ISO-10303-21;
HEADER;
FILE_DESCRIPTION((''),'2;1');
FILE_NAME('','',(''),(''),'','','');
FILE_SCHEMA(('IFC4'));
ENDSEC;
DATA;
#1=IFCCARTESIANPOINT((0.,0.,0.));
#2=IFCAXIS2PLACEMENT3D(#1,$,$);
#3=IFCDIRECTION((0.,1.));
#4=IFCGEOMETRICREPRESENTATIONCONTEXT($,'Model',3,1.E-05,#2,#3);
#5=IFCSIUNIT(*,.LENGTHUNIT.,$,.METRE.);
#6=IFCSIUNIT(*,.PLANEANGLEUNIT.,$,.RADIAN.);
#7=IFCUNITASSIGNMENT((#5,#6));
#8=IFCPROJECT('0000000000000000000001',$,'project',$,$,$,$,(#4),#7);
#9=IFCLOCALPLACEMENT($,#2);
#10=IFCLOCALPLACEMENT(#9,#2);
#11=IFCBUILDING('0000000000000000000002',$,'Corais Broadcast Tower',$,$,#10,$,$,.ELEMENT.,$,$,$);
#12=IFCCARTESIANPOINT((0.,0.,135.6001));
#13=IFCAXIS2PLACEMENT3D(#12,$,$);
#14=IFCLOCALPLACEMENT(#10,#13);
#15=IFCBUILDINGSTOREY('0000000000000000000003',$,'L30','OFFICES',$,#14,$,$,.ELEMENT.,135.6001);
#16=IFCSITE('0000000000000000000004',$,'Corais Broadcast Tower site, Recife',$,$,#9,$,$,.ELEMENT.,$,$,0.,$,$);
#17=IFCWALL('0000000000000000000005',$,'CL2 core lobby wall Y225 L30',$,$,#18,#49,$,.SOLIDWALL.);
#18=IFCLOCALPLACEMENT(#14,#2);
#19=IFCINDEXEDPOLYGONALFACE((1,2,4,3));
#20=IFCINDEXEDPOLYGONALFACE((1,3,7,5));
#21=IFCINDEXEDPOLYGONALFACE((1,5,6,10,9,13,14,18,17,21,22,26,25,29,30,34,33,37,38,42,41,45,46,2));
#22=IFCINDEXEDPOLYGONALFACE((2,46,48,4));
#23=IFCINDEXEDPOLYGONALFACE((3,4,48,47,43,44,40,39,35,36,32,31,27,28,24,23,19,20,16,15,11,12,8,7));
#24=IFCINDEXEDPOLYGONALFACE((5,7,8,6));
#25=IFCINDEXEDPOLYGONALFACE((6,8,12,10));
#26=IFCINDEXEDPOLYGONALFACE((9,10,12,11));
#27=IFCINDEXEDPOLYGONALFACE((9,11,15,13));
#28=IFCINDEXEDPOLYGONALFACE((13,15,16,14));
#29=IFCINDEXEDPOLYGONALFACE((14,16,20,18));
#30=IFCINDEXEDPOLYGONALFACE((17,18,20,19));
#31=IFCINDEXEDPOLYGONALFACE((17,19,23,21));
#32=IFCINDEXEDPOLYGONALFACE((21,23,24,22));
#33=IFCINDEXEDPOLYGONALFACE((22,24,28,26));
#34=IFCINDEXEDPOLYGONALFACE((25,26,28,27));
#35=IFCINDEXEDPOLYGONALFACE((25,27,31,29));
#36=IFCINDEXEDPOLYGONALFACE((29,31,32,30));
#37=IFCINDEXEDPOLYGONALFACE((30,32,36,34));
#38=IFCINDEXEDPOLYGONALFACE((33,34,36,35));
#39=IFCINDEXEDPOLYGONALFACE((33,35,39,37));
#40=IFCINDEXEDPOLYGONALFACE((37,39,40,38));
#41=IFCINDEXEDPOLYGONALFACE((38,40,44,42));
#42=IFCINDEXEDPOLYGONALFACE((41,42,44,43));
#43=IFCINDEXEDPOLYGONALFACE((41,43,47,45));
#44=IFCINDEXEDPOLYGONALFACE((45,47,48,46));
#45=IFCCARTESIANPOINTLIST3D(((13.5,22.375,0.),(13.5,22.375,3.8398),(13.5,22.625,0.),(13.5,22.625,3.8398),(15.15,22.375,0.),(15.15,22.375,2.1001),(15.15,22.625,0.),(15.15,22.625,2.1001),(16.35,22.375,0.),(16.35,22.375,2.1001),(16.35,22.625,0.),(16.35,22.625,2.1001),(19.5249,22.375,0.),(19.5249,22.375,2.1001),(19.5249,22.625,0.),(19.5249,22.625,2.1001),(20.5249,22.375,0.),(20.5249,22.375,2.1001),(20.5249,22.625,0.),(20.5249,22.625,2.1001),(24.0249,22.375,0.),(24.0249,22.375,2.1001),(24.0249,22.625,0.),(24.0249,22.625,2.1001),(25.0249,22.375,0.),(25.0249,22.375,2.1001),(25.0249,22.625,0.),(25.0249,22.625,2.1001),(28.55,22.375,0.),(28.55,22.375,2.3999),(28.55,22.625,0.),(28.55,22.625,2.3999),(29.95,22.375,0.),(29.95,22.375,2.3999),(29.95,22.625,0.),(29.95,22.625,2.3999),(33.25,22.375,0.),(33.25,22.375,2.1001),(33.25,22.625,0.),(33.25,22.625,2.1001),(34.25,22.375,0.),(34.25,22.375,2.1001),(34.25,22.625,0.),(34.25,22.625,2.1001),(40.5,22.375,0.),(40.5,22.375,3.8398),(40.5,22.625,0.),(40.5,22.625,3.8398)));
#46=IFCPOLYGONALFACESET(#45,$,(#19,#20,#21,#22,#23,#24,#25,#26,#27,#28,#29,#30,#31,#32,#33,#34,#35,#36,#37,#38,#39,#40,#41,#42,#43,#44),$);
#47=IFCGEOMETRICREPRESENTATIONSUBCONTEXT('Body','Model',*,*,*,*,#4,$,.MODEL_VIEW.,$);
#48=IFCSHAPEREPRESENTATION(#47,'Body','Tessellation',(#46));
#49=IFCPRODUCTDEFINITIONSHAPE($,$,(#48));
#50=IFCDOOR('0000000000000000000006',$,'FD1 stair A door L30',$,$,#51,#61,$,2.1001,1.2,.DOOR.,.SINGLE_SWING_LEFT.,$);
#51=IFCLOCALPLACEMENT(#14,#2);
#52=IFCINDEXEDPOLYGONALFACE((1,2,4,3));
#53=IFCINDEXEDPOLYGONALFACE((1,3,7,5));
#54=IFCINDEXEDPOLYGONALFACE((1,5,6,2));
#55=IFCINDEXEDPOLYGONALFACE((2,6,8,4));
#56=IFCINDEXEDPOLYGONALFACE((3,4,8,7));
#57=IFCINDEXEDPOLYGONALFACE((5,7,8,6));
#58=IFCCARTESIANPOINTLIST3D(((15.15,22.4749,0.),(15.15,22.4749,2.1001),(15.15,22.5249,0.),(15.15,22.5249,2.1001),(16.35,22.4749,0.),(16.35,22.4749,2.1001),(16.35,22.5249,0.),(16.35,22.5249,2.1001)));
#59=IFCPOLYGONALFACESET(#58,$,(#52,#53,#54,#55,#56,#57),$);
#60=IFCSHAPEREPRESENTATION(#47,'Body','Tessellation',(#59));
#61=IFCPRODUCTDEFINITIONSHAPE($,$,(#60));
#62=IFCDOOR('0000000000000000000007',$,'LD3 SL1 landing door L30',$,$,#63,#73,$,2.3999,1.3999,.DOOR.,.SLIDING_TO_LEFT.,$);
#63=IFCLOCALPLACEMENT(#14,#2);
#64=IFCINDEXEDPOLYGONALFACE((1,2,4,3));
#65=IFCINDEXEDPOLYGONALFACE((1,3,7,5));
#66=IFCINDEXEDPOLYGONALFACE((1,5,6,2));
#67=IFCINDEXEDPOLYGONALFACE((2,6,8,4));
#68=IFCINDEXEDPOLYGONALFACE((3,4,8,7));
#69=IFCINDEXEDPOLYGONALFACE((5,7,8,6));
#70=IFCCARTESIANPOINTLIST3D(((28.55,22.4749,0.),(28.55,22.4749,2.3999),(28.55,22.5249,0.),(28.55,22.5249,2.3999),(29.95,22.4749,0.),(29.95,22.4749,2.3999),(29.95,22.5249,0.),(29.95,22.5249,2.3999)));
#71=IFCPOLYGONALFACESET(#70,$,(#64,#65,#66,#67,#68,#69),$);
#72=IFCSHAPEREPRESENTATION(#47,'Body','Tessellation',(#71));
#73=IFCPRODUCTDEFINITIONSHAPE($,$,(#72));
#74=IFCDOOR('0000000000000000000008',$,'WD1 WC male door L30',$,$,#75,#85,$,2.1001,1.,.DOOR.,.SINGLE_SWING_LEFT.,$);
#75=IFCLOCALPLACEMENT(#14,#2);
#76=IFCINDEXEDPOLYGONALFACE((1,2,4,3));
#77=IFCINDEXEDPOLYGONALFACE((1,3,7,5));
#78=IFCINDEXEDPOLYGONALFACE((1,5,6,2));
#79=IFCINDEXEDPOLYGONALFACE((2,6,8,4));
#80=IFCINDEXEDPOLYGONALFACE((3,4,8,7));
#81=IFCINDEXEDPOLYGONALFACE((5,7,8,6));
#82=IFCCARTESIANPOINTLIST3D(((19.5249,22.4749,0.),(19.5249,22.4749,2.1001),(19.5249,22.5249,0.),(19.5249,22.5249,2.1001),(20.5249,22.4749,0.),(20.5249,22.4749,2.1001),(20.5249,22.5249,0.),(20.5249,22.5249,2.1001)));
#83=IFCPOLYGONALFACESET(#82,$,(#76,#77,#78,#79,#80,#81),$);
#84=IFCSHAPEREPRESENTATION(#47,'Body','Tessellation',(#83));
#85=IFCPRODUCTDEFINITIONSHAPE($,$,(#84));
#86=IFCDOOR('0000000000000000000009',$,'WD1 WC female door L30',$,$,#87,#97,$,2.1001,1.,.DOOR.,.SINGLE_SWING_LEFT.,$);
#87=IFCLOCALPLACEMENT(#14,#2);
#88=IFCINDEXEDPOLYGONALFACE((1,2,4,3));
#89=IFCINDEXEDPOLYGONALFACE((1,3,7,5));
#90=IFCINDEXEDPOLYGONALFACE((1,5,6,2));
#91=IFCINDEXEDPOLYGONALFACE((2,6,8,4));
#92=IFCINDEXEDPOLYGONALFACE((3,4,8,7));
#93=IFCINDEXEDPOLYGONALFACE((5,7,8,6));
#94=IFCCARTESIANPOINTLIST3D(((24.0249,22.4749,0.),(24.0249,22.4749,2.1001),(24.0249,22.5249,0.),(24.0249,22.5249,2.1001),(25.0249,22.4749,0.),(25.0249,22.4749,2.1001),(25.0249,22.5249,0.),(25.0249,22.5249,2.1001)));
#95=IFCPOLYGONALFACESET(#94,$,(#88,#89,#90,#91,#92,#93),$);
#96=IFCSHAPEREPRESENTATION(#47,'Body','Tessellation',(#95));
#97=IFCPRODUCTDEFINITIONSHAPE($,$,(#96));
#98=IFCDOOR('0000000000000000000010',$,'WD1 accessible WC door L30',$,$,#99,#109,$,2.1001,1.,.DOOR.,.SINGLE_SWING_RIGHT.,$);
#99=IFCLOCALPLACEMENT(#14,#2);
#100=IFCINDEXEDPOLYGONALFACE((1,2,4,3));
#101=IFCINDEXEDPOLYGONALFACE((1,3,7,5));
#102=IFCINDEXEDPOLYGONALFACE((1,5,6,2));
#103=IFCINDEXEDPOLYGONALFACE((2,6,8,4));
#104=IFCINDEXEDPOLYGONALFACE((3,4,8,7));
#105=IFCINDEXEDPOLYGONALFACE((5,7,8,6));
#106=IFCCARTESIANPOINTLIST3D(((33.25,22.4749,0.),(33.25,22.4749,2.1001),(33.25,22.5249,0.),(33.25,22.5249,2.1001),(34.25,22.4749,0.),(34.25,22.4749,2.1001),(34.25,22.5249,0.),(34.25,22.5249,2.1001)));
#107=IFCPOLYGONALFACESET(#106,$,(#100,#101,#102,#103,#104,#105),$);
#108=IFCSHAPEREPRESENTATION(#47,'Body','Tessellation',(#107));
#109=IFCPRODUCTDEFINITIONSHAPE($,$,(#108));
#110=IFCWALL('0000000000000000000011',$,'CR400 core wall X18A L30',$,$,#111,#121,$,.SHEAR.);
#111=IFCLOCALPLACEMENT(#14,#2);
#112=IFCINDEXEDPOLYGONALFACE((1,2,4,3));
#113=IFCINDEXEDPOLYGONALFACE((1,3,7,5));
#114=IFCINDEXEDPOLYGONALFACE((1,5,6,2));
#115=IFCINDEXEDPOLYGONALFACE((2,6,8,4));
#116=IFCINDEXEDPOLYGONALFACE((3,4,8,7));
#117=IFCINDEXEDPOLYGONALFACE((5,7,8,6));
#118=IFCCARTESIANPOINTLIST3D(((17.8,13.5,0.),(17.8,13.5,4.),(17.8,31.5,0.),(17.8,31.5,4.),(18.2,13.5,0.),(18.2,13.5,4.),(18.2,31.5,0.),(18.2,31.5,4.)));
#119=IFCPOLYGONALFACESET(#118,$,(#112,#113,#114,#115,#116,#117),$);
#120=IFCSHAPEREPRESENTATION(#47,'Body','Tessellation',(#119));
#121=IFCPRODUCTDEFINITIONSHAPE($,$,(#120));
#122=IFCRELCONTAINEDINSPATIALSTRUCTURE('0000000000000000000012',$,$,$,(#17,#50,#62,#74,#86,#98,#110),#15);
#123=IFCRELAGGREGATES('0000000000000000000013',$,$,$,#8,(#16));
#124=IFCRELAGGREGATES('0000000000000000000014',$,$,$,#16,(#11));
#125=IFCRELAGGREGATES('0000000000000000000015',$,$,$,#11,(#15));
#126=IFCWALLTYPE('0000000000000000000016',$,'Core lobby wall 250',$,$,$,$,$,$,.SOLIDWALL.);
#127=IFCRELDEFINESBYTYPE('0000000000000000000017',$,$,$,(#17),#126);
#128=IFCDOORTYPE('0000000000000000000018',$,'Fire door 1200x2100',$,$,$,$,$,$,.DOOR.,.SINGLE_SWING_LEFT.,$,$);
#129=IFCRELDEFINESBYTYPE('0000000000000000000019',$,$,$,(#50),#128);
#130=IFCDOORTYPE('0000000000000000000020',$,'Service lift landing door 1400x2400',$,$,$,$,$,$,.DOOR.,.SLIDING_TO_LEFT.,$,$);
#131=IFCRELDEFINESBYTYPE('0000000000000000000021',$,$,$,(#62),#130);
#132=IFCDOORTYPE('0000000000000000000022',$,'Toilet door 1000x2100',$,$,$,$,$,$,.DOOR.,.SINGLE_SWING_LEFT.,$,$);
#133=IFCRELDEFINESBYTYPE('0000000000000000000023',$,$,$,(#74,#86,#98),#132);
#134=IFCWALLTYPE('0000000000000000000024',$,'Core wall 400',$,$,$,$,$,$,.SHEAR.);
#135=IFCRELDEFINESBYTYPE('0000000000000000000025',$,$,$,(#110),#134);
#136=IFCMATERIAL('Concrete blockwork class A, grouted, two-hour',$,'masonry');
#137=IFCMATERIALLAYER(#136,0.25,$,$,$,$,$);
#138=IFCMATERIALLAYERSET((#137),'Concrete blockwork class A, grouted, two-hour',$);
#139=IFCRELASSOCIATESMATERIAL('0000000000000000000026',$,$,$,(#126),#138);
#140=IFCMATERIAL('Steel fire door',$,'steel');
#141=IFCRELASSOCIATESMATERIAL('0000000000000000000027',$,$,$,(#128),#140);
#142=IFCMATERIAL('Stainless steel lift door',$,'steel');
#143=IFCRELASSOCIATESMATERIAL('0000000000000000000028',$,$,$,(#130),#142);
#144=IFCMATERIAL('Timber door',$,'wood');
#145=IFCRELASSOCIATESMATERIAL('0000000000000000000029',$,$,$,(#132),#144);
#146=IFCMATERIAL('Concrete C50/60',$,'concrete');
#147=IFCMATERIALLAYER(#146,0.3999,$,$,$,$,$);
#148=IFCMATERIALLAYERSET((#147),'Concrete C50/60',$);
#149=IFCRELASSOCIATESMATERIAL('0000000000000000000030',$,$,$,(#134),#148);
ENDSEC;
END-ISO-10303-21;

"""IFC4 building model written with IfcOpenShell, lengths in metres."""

from ifc_helpers import new_model, si_unit, direction, frame, frame_2d, origin, place, context, subcontext, project, spatial, rectangle, extrude, material, layer, layer_set, type_object, element, fill, save


model = new_model("IFC4")

# Units and contexts
model_context = context("Model", 3, precision=1e-05, world=origin(), true_north=direction((0.0, 1.0)))
body_context = subcontext(model_context, "Body", "Model", "MODEL_VIEW")
ifc_project = project(units=[si_unit("LENGTHUNIT", "METRE"), si_unit("PLANEANGLEUNIT", "RADIAN")], contexts=[model_context])

# Site, building, storey
site_placement = place(None, origin())
site = spatial("IfcSite", under=ifc_project, at=site_placement, Name="Corais Broadcast Tower site, Recife", CompositionType="ELEMENT", RefElevation=0.0)
building_placement = place(site_placement, origin())
building = spatial("IfcBuilding", under=site, at=building_placement, Name="Corais Broadcast Tower", CompositionType="ELEMENT")
storey_placement = place(building_placement, frame((0.0, 0.0, 135.6001)))
storey = spatial("IfcBuildingStorey", under=building, at=storey_placement, Name="L30", Description="OFFICES", CompositionType="ELEMENT", Elevation=135.6001)

# Wall, openings, doors
ifc_material_1 = material(Name="Concrete blockwork class A, grouted, two-hour", Category="masonry")
ifc_layer_1 = layer(ifc_material_1, 0.25)
ifc_layer_set_1 = layer_set([ifc_layer_1], Name="Concrete blockwork class A, grouted, two-hour")
wall_type_1 = type_object("IfcWallType", Name="Core lobby wall 250", PredefinedType="SOLIDWALL", material=ifc_layer_set_1)
wall_1_placement = place(storey_placement, frame((13.5, 22.5, 0.0), z_axis=(0.0, 0.0, 1.0), x_axis=(1.0, 0.0, 0.0)))
wall_1 = element("IfcWall", 1, at=wall_1_placement, inside=storey, type_object=wall_type_1, Name="CL2 core lobby wall Y225 L30", PredefinedType="SOLIDWALL", context=body_context, shape_type="SweptSolid", body=[
    extrude(rectangle(XDim=27.0, YDim=0.25, at=frame_2d((13.5, 0.0))), origin(), (0.0, 0.0, 1.0), 3.8398),
])
opening_1_placement = place(wall_1_placement, frame((1.6499, 0.0, 0.0)))
opening_1 = element("IfcOpeningElement", 2, at=opening_1_placement, cuts=wall_1, PredefinedType="OPENING", context=body_context, shape_type="SweptSolid", body=[
    extrude(rectangle(XDim=1.2, YDim=2.1001, at=frame_2d((0.6001, 1.05))), frame((0.0, 0.135, 0.0), z_axis=(0.0, -1.0, 0.0), x_axis=(1.0, 0.0, 0.0)), (0.0, 0.0, 1.0), 0.27),
])
opening_2_placement = place(wall_1_placement, frame((6.0249, 0.0, 0.0)))
opening_2 = element("IfcOpeningElement", 3, at=opening_2_placement, cuts=wall_1, PredefinedType="OPENING", context=body_context, shape_type="SweptSolid", body=[
    extrude(rectangle(XDim=1.0, YDim=2.1001, at=frame_2d((0.5, 1.05))), frame((0.0, 0.135, 0.0), z_axis=(0.0, -1.0, 0.0), x_axis=(1.0, 0.0, 0.0)), (0.0, 0.0, 1.0), 0.27),
])
opening_3_placement = place(wall_1_placement, frame((10.5249, 0.0, 0.0)))
opening_3 = element("IfcOpeningElement", 4, at=opening_3_placement, cuts=wall_1, PredefinedType="OPENING", context=body_context, shape_type="SweptSolid", body=[
    extrude(rectangle(XDim=1.0, YDim=2.1001, at=frame_2d((0.5, 1.05))), frame((0.0, 0.135, 0.0), z_axis=(0.0, -1.0, 0.0), x_axis=(1.0, 0.0, 0.0)), (0.0, 0.0, 1.0), 0.27),
])
opening_4_placement = place(wall_1_placement, frame((19.75, 0.0, 0.0)))
opening_4 = element("IfcOpeningElement", 5, at=opening_4_placement, cuts=wall_1, PredefinedType="OPENING", context=body_context, shape_type="SweptSolid", body=[
    extrude(rectangle(XDim=1.0, YDim=2.1001, at=frame_2d((0.5, 1.05))), frame((0.0, 0.135, 0.0), z_axis=(0.0, -1.0, 0.0), x_axis=(1.0, 0.0, 0.0)), (0.0, 0.0, 1.0), 0.27),
])
opening_5_placement = place(wall_1_placement, frame((15.05, 0.0, 0.0)))
opening_5 = element("IfcOpeningElement", 6, at=opening_5_placement, cuts=wall_1, PredefinedType="OPENING", context=body_context, shape_type="SweptSolid", body=[
    extrude(rectangle(XDim=1.3999, YDim=2.3999, at=frame_2d((0.7, 1.2))), frame((0.0, 0.135, 0.0), z_axis=(0.0, -1.0, 0.0), x_axis=(1.0, 0.0, 0.0)), (0.0, 0.0, 1.0), 0.27),
])
ifc_material_2 = material(Name="Steel fire door", Category="steel")
door_type_1 = type_object("IfcDoorType", Name="Fire door 1200x2100", OperationType="SINGLE_SWING_LEFT", PredefinedType="DOOR", material=ifc_material_2)
door_1_placement = place(opening_1_placement, origin())
door_1 = element("IfcDoor", 7, at=door_1_placement, inside=storey, type_object=door_type_1, Name="FD1 stair A door L30", OperationType="SINGLE_SWING_LEFT", OverallHeight=2.1001, OverallWidth=1.2, PredefinedType="DOOR", context=body_context, shape_type="SweptSolid", body=[
    extrude(rectangle(XDim=1.2, YDim=2.1001, at=frame_2d((0.6001, 1.05))), frame((0.0, 0.0249, 0.0), z_axis=(0.0, -1.0, 0.0), x_axis=(1.0, 0.0, 0.0)), (0.0, 0.0, 1.0), 0.05),
])
fill(opening_1, door_1)
ifc_material_3 = material(Name="Stainless steel lift door", Category="steel")
door_type_2 = type_object("IfcDoorType", Name="Service lift landing door 1400x2400", OperationType="SLIDING_TO_LEFT", PredefinedType="DOOR", material=ifc_material_3)
door_2_placement = place(opening_5_placement, origin())
door_2 = element("IfcDoor", 8, at=door_2_placement, inside=storey, type_object=door_type_2, Name="LD3 SL1 landing door L30", OperationType="SLIDING_TO_LEFT", OverallHeight=2.3999, OverallWidth=1.3999, PredefinedType="DOOR", context=body_context, shape_type="SweptSolid", body=[
    extrude(rectangle(XDim=1.3999, YDim=2.3999, at=frame_2d((0.7, 1.2))), frame((0.0, 0.0249, 0.0), z_axis=(0.0, -1.0, 0.0), x_axis=(1.0, 0.0, 0.0)), (0.0, 0.0, 1.0), 0.05),
])
fill(opening_5, door_2)
ifc_material_4 = material(Name="Timber door", Category="wood")
door_type_3 = type_object("IfcDoorType", Name="Toilet door 1000x2100", OperationType="SINGLE_SWING_LEFT", PredefinedType="DOOR", material=ifc_material_4)
door_3_placement = place(opening_2_placement, origin())
door_3 = element("IfcDoor", 9, at=door_3_placement, inside=storey, type_object=door_type_3, Name="WD1 WC male door L30", OperationType="SINGLE_SWING_LEFT", OverallHeight=2.1001, OverallWidth=1.0, PredefinedType="DOOR", context=body_context, shape_type="SweptSolid", body=[
    extrude(rectangle(XDim=1.0, YDim=2.1001, at=frame_2d((0.5, 1.05))), frame((0.0, 0.0249, 0.0), z_axis=(0.0, -1.0, 0.0), x_axis=(1.0, 0.0, 0.0)), (0.0, 0.0, 1.0), 0.05),
])
fill(opening_2, door_3)
door_4_placement = place(opening_3_placement, origin())
door_4 = element("IfcDoor", 10, at=door_4_placement, inside=storey, type_object=door_type_3, Name="WD1 WC female door L30", OperationType="SINGLE_SWING_LEFT", OverallHeight=2.1001, OverallWidth=1.0, PredefinedType="DOOR", context=body_context, shape_type="SweptSolid", body=[
    extrude(rectangle(XDim=1.0, YDim=2.1001, at=frame_2d((0.5, 1.05))), frame((0.0, 0.0249, 0.0), z_axis=(0.0, -1.0, 0.0), x_axis=(1.0, 0.0, 0.0)), (0.0, 0.0, 1.0), 0.05),
])
fill(opening_3, door_4)
door_5_placement = place(opening_4_placement, origin())
door_5 = element("IfcDoor", 11, at=door_5_placement, inside=storey, type_object=door_type_3, Name="WD1 accessible WC door L30", OperationType="SINGLE_SWING_RIGHT", OverallHeight=2.1001, OverallWidth=1.0, PredefinedType="DOOR", context=body_context, shape_type="SweptSolid", body=[
    extrude(rectangle(XDim=1.0, YDim=2.1001, at=frame_2d((0.5, 1.05))), frame((0.0, 0.0249, 0.0), z_axis=(0.0, -1.0, 0.0), x_axis=(1.0, 0.0, 0.0)), (0.0, 0.0, 1.0), 0.05),
])
fill(opening_4, door_5)

# Wall
ifc_material_5 = material(Name="Concrete C50/60", Category="concrete")
ifc_layer_2 = layer(ifc_material_5, 0.3999)
ifc_layer_set_2 = layer_set([ifc_layer_2], Name="Concrete C50/60")
wall_type_2 = type_object("IfcWallType", Name="Core wall 400", PredefinedType="SHEAR", material=ifc_layer_set_2)
wall_2_placement = place(storey_placement, frame((18.0, 13.5, 0.0), z_axis=(0.0, 0.0, 1.0), x_axis=(0.0, 1.0, 0.0)))
element("IfcWall", 12, at=wall_2_placement, inside=storey, type_object=wall_type_2, Name="CR400 core wall X18A L30", PredefinedType="SHEAR", context=body_context, shape_type="SweptSolid", body=[
    extrude(rectangle(XDim=18.0, YDim=0.3999, at=frame_2d((9.0, 0.0))), origin(), (0.0, 0.0, 1.0), 4.0),
])

save(model, "model.ifc")
